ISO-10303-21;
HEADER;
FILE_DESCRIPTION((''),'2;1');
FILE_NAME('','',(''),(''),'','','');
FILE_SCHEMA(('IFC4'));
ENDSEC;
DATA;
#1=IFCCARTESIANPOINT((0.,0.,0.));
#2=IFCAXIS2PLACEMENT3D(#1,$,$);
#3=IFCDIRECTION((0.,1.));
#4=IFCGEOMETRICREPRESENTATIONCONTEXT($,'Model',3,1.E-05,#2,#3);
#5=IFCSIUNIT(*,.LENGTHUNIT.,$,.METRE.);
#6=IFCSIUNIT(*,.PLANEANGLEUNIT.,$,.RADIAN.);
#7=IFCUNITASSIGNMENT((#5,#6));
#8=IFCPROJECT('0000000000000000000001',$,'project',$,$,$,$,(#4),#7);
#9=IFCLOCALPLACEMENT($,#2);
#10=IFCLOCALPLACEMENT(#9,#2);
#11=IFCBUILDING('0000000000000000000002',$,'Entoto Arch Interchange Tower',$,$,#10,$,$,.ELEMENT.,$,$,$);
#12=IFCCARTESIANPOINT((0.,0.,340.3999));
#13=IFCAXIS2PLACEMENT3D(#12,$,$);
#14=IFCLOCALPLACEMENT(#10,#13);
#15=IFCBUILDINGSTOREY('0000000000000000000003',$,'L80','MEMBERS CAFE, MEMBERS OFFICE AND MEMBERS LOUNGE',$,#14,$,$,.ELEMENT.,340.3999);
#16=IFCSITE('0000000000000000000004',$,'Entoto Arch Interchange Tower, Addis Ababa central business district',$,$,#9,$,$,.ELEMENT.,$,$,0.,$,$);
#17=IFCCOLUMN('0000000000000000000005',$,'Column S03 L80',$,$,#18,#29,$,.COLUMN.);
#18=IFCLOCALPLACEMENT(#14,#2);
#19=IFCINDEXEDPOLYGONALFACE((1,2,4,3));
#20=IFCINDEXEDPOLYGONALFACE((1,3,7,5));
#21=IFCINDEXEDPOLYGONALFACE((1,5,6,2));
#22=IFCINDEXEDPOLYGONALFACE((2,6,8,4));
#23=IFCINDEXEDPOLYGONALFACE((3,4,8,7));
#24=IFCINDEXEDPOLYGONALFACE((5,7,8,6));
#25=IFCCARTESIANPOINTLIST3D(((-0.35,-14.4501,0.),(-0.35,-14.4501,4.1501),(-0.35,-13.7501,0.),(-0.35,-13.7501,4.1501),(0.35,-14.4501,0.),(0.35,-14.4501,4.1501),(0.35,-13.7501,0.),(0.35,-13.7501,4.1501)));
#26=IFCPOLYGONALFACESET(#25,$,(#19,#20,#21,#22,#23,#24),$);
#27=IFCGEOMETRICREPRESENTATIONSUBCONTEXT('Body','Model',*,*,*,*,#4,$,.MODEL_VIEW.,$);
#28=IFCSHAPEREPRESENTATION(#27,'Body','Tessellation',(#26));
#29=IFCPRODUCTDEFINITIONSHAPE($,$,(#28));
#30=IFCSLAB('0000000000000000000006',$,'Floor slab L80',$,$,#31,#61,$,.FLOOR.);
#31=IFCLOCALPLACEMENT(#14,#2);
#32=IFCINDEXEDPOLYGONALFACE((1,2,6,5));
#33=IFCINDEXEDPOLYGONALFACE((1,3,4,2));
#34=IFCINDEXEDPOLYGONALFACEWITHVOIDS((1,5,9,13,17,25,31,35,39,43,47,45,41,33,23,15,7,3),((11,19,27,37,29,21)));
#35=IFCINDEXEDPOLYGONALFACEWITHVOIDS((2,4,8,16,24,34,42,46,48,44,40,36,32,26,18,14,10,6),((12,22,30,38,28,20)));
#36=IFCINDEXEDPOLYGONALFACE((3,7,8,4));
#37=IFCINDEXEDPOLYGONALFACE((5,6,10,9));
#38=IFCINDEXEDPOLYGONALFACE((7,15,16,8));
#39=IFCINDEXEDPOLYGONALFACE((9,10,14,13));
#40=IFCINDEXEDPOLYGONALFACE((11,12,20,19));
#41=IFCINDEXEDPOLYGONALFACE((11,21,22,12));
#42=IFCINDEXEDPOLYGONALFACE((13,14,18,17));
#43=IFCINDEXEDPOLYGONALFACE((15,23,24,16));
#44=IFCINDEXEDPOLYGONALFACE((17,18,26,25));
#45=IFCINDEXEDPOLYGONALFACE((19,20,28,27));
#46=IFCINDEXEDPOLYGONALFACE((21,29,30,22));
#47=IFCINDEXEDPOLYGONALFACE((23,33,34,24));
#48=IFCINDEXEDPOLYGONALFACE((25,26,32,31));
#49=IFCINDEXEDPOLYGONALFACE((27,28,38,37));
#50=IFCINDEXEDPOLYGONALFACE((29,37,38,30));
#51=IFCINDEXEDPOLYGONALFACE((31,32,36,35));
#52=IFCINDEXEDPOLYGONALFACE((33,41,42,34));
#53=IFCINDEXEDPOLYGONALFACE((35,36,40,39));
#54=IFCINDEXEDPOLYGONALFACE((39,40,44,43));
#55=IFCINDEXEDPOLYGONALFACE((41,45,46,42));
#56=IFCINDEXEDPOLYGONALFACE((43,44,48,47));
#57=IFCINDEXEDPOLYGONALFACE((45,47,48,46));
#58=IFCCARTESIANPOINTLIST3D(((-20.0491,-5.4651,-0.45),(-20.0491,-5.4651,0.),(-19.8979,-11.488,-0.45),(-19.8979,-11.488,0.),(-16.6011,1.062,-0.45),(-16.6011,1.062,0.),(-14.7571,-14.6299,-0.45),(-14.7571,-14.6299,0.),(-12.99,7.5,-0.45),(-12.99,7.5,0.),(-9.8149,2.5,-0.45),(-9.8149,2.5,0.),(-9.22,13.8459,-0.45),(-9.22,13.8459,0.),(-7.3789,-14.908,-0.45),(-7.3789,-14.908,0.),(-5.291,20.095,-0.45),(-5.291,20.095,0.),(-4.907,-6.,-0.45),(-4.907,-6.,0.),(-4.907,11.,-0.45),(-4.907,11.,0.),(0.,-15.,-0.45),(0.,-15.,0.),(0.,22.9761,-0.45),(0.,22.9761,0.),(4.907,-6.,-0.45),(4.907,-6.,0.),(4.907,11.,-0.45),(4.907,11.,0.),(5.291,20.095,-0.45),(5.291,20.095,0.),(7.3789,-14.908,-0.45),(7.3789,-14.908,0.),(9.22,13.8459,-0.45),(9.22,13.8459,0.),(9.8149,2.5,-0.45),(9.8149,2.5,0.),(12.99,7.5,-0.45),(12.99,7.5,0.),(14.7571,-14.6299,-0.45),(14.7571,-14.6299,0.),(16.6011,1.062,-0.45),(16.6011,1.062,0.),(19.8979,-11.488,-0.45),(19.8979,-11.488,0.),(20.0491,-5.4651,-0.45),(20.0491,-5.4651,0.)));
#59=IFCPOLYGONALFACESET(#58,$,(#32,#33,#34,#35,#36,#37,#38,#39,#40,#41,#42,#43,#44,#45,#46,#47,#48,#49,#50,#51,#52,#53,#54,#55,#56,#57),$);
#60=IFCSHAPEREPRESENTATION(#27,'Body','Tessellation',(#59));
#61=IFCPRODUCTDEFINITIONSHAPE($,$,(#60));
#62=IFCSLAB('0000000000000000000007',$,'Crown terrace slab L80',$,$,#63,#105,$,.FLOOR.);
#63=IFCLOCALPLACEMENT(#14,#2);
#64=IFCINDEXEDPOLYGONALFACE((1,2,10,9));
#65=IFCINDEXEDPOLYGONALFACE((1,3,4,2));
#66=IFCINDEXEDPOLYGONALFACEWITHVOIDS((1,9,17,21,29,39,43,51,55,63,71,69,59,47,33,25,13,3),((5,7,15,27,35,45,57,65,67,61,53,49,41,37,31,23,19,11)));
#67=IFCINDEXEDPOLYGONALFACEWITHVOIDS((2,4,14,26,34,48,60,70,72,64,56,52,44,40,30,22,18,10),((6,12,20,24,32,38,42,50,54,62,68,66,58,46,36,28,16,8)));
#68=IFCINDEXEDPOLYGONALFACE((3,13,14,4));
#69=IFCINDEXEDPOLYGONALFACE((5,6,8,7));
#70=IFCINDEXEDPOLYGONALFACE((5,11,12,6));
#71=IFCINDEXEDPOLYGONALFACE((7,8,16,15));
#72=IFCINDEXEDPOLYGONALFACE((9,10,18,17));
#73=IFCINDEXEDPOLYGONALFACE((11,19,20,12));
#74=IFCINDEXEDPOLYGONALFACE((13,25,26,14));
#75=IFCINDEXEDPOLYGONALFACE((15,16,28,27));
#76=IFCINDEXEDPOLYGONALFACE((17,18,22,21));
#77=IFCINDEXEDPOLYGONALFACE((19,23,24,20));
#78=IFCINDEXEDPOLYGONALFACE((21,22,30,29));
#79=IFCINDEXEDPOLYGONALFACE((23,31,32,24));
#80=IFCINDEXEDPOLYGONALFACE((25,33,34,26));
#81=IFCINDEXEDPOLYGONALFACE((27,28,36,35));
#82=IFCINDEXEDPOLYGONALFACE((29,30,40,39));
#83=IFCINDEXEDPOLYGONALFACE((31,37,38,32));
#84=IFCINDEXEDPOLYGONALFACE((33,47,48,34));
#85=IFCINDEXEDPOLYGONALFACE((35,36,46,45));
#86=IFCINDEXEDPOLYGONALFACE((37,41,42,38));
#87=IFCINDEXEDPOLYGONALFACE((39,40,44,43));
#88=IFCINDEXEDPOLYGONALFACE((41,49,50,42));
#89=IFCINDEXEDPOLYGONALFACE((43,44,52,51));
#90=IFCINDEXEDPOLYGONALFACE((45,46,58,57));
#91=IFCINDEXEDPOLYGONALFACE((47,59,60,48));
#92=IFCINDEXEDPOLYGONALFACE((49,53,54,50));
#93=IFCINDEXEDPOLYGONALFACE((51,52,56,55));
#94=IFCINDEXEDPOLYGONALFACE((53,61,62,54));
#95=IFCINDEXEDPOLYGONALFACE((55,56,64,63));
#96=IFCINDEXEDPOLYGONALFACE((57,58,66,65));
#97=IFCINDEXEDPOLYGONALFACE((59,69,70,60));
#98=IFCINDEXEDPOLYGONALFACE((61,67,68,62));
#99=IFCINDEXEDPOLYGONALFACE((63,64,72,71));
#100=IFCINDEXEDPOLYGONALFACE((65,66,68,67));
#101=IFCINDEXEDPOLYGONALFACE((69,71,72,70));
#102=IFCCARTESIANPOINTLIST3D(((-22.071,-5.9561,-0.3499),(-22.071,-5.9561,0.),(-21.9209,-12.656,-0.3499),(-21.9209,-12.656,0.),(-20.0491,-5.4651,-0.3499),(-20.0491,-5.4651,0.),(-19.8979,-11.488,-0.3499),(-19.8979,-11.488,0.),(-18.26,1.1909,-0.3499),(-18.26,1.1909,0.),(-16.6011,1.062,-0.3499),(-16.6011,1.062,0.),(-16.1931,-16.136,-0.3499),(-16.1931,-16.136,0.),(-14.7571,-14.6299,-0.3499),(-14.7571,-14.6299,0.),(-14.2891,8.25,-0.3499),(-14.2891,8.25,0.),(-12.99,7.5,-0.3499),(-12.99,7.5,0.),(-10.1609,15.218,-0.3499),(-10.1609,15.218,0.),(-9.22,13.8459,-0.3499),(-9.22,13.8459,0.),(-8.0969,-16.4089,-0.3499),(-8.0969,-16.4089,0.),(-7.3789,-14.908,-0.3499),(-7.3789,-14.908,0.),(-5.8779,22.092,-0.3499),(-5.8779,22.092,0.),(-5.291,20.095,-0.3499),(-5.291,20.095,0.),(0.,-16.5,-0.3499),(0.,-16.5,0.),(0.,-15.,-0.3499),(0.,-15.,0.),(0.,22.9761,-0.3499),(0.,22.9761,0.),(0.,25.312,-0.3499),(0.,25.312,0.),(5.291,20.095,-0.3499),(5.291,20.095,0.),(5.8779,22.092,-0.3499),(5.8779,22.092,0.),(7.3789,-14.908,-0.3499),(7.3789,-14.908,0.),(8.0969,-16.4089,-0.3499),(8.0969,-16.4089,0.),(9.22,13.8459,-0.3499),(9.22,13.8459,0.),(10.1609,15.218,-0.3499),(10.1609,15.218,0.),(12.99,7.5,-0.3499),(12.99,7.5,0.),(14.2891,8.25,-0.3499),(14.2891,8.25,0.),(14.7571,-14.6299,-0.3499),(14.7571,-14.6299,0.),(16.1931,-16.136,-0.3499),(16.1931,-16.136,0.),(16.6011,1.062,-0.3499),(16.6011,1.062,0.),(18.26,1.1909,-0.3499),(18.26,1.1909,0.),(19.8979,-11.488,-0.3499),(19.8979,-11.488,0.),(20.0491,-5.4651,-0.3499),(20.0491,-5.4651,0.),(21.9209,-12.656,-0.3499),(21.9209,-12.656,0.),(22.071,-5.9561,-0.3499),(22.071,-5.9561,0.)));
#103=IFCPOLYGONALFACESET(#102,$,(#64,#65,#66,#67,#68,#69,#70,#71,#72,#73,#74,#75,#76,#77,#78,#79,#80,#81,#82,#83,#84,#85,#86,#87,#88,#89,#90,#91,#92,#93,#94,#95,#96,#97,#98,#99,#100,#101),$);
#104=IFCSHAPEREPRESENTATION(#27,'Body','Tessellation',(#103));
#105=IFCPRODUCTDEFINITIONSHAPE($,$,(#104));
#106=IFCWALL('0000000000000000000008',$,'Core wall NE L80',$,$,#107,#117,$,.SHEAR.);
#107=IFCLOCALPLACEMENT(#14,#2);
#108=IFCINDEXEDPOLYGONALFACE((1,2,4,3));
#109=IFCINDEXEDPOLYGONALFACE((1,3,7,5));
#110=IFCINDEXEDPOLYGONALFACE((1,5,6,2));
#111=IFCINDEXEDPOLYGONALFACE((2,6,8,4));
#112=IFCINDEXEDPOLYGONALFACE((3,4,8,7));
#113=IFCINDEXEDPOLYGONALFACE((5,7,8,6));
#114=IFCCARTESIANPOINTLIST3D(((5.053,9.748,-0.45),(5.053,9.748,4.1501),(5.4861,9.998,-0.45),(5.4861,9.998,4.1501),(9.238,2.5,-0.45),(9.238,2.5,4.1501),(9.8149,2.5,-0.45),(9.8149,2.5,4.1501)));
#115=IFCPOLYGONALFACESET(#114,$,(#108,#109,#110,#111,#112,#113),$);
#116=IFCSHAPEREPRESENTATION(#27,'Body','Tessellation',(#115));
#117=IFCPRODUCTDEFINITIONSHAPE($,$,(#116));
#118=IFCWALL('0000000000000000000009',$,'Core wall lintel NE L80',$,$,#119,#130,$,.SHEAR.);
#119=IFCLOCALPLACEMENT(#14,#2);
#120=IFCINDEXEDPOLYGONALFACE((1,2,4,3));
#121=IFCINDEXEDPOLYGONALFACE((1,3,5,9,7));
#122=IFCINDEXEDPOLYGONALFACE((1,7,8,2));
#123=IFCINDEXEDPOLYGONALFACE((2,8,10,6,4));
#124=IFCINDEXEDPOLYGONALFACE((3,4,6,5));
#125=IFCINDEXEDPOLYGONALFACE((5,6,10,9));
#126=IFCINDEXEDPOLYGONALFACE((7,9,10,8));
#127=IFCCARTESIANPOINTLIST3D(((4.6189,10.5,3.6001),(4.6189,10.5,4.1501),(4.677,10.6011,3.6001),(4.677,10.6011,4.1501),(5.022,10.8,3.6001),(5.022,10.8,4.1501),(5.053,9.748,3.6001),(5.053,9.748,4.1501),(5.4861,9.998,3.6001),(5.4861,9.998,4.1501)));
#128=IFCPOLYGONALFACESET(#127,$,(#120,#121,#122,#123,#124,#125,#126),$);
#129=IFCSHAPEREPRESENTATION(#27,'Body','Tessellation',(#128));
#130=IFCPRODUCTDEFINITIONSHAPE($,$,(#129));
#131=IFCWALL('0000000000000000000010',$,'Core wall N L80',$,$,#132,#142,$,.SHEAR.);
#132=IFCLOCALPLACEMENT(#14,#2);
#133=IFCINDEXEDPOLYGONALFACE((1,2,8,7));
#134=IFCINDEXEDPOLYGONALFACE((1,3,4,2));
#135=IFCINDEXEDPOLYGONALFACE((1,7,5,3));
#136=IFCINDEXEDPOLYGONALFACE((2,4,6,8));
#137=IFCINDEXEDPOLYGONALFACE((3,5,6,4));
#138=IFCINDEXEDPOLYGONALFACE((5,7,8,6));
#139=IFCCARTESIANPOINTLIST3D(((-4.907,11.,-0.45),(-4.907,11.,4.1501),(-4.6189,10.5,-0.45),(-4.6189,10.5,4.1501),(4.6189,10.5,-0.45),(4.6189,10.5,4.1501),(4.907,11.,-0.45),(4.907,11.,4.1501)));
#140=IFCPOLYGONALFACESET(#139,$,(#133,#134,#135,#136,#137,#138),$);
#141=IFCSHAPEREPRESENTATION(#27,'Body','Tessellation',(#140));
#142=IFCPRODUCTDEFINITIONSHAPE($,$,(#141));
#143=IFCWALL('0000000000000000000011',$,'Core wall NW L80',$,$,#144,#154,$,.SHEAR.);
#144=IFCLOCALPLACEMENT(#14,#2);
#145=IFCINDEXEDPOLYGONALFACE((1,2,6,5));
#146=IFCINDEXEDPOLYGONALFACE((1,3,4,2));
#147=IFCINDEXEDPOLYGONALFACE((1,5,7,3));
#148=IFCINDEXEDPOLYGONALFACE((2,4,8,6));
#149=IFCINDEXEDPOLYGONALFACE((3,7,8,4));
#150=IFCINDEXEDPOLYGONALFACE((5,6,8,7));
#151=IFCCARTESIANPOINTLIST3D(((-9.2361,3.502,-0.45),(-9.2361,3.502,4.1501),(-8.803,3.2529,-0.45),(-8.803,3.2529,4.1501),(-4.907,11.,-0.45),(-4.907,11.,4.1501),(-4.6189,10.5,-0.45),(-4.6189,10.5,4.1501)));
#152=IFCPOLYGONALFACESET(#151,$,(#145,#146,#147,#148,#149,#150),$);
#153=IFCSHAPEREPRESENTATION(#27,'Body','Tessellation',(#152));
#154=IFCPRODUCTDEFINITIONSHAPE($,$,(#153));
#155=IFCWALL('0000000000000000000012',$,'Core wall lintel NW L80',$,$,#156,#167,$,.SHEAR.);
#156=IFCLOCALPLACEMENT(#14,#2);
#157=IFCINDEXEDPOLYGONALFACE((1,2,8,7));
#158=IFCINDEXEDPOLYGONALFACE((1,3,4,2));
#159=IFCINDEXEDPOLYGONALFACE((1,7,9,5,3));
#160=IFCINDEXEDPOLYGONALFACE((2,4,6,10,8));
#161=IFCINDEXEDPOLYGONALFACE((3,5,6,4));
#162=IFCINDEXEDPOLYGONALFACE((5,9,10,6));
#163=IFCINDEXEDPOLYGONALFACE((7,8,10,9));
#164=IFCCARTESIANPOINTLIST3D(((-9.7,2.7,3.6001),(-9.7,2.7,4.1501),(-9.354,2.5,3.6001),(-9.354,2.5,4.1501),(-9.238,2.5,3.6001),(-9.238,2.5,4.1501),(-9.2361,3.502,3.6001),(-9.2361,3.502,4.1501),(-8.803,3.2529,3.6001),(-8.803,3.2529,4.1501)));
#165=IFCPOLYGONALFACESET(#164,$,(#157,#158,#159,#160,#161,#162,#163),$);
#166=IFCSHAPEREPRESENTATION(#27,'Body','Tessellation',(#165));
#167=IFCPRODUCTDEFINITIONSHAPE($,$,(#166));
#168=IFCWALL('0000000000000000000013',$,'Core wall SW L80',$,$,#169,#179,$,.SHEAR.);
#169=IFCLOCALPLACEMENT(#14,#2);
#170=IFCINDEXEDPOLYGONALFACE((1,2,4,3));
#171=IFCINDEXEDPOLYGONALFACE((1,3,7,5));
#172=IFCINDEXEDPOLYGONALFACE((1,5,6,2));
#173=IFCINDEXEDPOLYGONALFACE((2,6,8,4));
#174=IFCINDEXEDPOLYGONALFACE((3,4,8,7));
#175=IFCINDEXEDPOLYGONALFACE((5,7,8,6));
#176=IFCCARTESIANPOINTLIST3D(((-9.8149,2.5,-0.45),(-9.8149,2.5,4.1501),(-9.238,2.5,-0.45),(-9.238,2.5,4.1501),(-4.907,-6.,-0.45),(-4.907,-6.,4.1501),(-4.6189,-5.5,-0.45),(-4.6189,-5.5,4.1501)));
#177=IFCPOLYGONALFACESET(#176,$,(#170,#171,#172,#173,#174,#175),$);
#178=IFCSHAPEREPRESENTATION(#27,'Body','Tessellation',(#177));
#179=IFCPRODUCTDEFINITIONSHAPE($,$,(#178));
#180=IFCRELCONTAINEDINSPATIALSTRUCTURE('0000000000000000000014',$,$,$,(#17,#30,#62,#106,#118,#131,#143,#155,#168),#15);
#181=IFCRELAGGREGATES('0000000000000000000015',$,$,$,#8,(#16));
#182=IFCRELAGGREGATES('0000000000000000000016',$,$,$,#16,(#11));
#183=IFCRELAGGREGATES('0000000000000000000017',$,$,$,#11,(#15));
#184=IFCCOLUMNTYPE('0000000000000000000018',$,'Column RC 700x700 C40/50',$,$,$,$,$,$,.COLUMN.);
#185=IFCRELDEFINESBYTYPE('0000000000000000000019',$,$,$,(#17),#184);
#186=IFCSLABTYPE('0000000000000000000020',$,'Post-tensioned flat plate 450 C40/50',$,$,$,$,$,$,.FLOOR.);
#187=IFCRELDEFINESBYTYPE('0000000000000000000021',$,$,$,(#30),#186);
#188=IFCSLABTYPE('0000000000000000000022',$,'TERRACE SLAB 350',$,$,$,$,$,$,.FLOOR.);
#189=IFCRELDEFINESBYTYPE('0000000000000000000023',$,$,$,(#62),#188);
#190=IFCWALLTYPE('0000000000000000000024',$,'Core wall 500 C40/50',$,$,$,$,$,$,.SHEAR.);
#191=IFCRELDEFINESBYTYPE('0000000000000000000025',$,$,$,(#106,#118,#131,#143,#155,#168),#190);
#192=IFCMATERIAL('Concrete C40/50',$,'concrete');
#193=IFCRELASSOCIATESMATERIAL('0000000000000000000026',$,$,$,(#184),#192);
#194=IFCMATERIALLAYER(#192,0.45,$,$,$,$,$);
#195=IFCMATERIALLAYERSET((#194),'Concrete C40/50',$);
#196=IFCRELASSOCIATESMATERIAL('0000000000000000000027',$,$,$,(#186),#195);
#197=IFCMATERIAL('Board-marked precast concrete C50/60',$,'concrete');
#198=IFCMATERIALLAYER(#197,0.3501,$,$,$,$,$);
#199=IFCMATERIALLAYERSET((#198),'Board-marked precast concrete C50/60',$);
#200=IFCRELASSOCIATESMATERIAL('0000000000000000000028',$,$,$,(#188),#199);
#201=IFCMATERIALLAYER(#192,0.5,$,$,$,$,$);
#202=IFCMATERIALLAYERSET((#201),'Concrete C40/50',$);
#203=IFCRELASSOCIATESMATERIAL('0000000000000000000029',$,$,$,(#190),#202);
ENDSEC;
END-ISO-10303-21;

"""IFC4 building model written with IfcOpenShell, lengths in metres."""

from ifc_helpers import new_model, si_unit, direction, frame, origin, origin_2d, place, context, subcontext, project, spatial, polyline, rectangle, outline, extrude, material, layer, layer_set, material_profile, profile_set, type_object, element, save


model = new_model("IFC4")

# Units and contexts
model_context = context("Model", 3, precision=1e-05, world=origin(), true_north=direction((0.0, 1.0)))
body_context = subcontext(model_context, "Body", "Model", "MODEL_VIEW")
ifc_project = project(units=[si_unit("LENGTHUNIT", "METRE"), si_unit("PLANEANGLEUNIT", "RADIAN")], contexts=[model_context])

# Site, building, storey
site_placement = place(None, origin())
site = spatial("IfcSite", under=ifc_project, at=site_placement, Name="Entoto Arch Interchange Tower, Addis Ababa central business district", CompositionType="ELEMENT", RefElevation=0.0)
building_placement = place(site_placement, origin())
building = spatial("IfcBuilding", under=site, at=building_placement, Name="Entoto Arch Interchange Tower", CompositionType="ELEMENT")
storey_placement = place(building_placement, frame((0.0, 0.0, 340.3999)))
storey = spatial("IfcBuildingStorey", under=building, at=storey_placement, Name="L80", Description="MEMBERS CAFE, MEMBERS OFFICE AND MEMBERS LOUNGE", CompositionType="ELEMENT", Elevation=340.3999)

# Column
ifc_material_1 = material(Name="Concrete C40/50", Category="concrete")
ifc_material_profile = material_profile(ifc_material_1, rectangle(XDim=0.7, YDim=0.7, at=origin_2d()))
ifc_profile_set = profile_set([ifc_material_profile], Name="Concrete C40/50")
column_type = type_object("IfcColumnType", Name="Column RC 700x700 C40/50", PredefinedType="COLUMN", material=ifc_profile_set)
column_placement = place(storey_placement, frame((0.0, -14.1001, 0.0), z_axis=(0.0, 0.0, 1.0), x_axis=(1.0, 0.0, 0.0)))
element("IfcColumn", 1, at=column_placement, inside=storey, type_object=column_type, Name="Column S03 L80", PredefinedType="COLUMN", context=body_context, shape_type="SweptSolid", body=[
    extrude(rectangle(XDim=0.7, YDim=0.7, at=origin_2d()), origin(), (0.0, 0.0, 1.0), 4.1501),
])

# Slabs
ifc_layer_1 = layer(ifc_material_1, 0.45)
ifc_layer_set_1 = layer_set([ifc_layer_1], Name="Concrete C40/50")
slab_type_1 = type_object("IfcSlabType", Name="Post-tensioned flat plate 450 C40/50", PredefinedType="FLOOR", material=ifc_layer_set_1)
slab_1_placement = place(storey_placement, frame((0.0, 0.0, -0.45)))
element("IfcSlab", 2, at=slab_1_placement, inside=storey, type_object=slab_type_1, Name="Floor slab L80", PredefinedType="FLOOR", context=body_context, shape_type="SweptSolid", body=[
    extrude(outline(polyline([(-14.7571, -14.6299), (-7.3789, -14.908), (0.0, -15.0), (7.3789, -14.908), (14.7571, -14.6299), (19.8979, -11.488), (20.0491, -5.4651), (16.6011, 1.062), (12.99, 7.5), (9.22, 13.8459), (5.291, 20.095), (0.0, 22.9761), (-5.291, 20.095), (-9.22, 13.8459), (-12.99, 7.5), (-16.6011, 1.062), (-20.0491, -5.4651), (-19.8979, -11.488), (-14.7571, -14.6299)]), holes=[polyline([(4.907, 11.0), (-4.907, 11.0), (-9.8149, 2.5), (-4.907, -6.0), (4.907, -6.0), (9.8149, 2.5), (4.907, 11.0)])]), origin(), (0.0, 0.0, 1.0), 0.45),
])
ifc_material_2 = material(Name="Board-marked precast concrete C50/60", Category="concrete")
ifc_layer_2 = layer(ifc_material_2, 0.3501)
ifc_layer_set_2 = layer_set([ifc_layer_2], Name="Board-marked precast concrete C50/60")
slab_type_2 = type_object("IfcSlabType", Name="TERRACE SLAB 350", PredefinedType="FLOOR", material=ifc_layer_set_2)
slab_2_placement = place(storey_placement, frame((0.0, 0.0, -0.3499)))
element("IfcSlab", 3, at=slab_2_placement, inside=storey, type_object=slab_type_2, Name="Crown terrace slab L80", PredefinedType="FLOOR", context=body_context, shape_type="SweptSolid", body=[
    extrude(outline(polyline([(-21.9209, -12.656), (-22.071, -5.9561), (-18.26, 1.1909), (-14.2891, 8.25), (-10.1609, 15.218), (-5.8779, 22.092), (0.0, 25.312), (5.8779, 22.092), (10.1609, 15.218), (14.2891, 8.25), (18.26, 1.1909), (22.071, -5.9561), (21.9209, -12.656), (16.1931, -16.136), (8.0969, -16.4089), (0.0, -16.5), (-8.0969, -16.4089), (-16.1931, -16.136), (-21.9209, -12.656)]), holes=[polyline([(-7.3789, -14.908), (0.0, -15.0), (7.3789, -14.908), (14.7571, -14.6299), (19.8979, -11.488), (20.0491, -5.4651), (16.6011, 1.062), (12.99, 7.5), (9.22, 13.8459), (5.291, 20.095), (0.0, 22.9761), (-5.291, 20.095), (-9.22, 13.8459), (-12.99, 7.5), (-16.6011, 1.062), (-20.0491, -5.4651), (-19.8979, -11.488), (-14.7571, -14.6299), (-7.3789, -14.908)])]), origin(), (0.0, 0.0, 1.0), 0.3499),
])

# Walls
ifc_layer_3 = layer(ifc_material_1, 0.5)
ifc_layer_set_3 = layer_set([ifc_layer_3], Name="Concrete C40/50")
wall_type_1 = type_object("IfcWallType", Name="Core wall 500 C40/50", PredefinedType="SHEAR", material=ifc_layer_set_3)
wall_1_placement = place(storey_placement, frame((0.0, 0.0, -0.45)))
element("IfcWall", 4, at=wall_1_placement, inside=storey, type_object=wall_type_1, Name="Core wall NE L80", PredefinedType="SHEAR", context=body_context, shape_type="SweptSolid", body=[
    extrude(outline(polyline([(5.4861, 9.998), (5.053, 9.748), (9.238, 2.5), (9.8149, 2.5), (5.4861, 9.998)])), origin(), (0.0, 0.0, 1.0), 4.6001),
])
wall_2_placement = place(storey_placement, frame((0.0, 0.0, 3.6001)))
element("IfcWall", 5, at=wall_2_placement, inside=storey, type_object=wall_type_1, Name="Core wall lintel NE L80", PredefinedType="SHEAR", context=body_context, shape_type="SweptSolid", body=[
    extrude(outline(polyline([(5.022, 10.8), (4.677, 10.6011), (4.6189, 10.5), (5.053, 9.748), (5.4861, 9.998), (5.022, 10.8)])), origin(), (0.0, 0.0, 1.0), 0.55),
])
wall_3_placement = place(storey_placement, frame((0.0, 0.0, -0.45)))
element("IfcWall", 6, at=wall_3_placement, inside=storey, type_object=wall_type_1, Name="Core wall N L80", PredefinedType="SHEAR", context=body_context, shape_type="SweptSolid", body=[
    extrude(outline(polyline([(4.907, 11.0), (-4.907, 11.0), (-4.6189, 10.5), (4.6189, 10.5), (4.907, 11.0)])), origin(), (0.0, 0.0, 1.0), 4.6001),
])
wall_4_placement = place(storey_placement, frame((0.0, 0.0, -0.45)))
element("IfcWall", 7, at=wall_4_placement, inside=storey, type_object=wall_type_1, Name="Core wall NW L80", PredefinedType="SHEAR", context=body_context, shape_type="SweptSolid", body=[
    extrude(outline(polyline([(-9.2361, 3.502), (-8.803, 3.2529), (-4.6189, 10.5), (-4.907, 11.0), (-9.2361, 3.502)])), origin(), (0.0, 0.0, 1.0), 4.6001),
])
wall_5_placement = place(storey_placement, frame((0.0, 0.0, 3.6001)))
element("IfcWall", 8, at=wall_5_placement, inside=storey, type_object=wall_type_1, Name="Core wall lintel NW L80", PredefinedType="SHEAR", context=body_context, shape_type="SweptSolid", body=[
    extrude(outline(polyline([(-9.7, 2.7), (-9.354, 2.5), (-9.238, 2.5), (-8.803, 3.2529), (-9.2361, 3.502), (-9.7, 2.7)])), origin(), (0.0, 0.0, 1.0), 0.55),
])
wall_6_placement = place(storey_placement, frame((0.0, 0.0, -0.45)))
element("IfcWall", 9, at=wall_6_placement, inside=storey, type_object=wall_type_1, Name="Core wall SW L80", PredefinedType="SHEAR", context=body_context, shape_type="SweptSolid", body=[
    extrude(outline(polyline([(-9.8149, 2.5), (-4.907, -6.0), (-4.6189, -5.5), (-9.238, 2.5), (-9.8149, 2.5)])), origin(), (0.0, 0.0, 1.0), 4.6001),
])

save(model, "model.ifc")
